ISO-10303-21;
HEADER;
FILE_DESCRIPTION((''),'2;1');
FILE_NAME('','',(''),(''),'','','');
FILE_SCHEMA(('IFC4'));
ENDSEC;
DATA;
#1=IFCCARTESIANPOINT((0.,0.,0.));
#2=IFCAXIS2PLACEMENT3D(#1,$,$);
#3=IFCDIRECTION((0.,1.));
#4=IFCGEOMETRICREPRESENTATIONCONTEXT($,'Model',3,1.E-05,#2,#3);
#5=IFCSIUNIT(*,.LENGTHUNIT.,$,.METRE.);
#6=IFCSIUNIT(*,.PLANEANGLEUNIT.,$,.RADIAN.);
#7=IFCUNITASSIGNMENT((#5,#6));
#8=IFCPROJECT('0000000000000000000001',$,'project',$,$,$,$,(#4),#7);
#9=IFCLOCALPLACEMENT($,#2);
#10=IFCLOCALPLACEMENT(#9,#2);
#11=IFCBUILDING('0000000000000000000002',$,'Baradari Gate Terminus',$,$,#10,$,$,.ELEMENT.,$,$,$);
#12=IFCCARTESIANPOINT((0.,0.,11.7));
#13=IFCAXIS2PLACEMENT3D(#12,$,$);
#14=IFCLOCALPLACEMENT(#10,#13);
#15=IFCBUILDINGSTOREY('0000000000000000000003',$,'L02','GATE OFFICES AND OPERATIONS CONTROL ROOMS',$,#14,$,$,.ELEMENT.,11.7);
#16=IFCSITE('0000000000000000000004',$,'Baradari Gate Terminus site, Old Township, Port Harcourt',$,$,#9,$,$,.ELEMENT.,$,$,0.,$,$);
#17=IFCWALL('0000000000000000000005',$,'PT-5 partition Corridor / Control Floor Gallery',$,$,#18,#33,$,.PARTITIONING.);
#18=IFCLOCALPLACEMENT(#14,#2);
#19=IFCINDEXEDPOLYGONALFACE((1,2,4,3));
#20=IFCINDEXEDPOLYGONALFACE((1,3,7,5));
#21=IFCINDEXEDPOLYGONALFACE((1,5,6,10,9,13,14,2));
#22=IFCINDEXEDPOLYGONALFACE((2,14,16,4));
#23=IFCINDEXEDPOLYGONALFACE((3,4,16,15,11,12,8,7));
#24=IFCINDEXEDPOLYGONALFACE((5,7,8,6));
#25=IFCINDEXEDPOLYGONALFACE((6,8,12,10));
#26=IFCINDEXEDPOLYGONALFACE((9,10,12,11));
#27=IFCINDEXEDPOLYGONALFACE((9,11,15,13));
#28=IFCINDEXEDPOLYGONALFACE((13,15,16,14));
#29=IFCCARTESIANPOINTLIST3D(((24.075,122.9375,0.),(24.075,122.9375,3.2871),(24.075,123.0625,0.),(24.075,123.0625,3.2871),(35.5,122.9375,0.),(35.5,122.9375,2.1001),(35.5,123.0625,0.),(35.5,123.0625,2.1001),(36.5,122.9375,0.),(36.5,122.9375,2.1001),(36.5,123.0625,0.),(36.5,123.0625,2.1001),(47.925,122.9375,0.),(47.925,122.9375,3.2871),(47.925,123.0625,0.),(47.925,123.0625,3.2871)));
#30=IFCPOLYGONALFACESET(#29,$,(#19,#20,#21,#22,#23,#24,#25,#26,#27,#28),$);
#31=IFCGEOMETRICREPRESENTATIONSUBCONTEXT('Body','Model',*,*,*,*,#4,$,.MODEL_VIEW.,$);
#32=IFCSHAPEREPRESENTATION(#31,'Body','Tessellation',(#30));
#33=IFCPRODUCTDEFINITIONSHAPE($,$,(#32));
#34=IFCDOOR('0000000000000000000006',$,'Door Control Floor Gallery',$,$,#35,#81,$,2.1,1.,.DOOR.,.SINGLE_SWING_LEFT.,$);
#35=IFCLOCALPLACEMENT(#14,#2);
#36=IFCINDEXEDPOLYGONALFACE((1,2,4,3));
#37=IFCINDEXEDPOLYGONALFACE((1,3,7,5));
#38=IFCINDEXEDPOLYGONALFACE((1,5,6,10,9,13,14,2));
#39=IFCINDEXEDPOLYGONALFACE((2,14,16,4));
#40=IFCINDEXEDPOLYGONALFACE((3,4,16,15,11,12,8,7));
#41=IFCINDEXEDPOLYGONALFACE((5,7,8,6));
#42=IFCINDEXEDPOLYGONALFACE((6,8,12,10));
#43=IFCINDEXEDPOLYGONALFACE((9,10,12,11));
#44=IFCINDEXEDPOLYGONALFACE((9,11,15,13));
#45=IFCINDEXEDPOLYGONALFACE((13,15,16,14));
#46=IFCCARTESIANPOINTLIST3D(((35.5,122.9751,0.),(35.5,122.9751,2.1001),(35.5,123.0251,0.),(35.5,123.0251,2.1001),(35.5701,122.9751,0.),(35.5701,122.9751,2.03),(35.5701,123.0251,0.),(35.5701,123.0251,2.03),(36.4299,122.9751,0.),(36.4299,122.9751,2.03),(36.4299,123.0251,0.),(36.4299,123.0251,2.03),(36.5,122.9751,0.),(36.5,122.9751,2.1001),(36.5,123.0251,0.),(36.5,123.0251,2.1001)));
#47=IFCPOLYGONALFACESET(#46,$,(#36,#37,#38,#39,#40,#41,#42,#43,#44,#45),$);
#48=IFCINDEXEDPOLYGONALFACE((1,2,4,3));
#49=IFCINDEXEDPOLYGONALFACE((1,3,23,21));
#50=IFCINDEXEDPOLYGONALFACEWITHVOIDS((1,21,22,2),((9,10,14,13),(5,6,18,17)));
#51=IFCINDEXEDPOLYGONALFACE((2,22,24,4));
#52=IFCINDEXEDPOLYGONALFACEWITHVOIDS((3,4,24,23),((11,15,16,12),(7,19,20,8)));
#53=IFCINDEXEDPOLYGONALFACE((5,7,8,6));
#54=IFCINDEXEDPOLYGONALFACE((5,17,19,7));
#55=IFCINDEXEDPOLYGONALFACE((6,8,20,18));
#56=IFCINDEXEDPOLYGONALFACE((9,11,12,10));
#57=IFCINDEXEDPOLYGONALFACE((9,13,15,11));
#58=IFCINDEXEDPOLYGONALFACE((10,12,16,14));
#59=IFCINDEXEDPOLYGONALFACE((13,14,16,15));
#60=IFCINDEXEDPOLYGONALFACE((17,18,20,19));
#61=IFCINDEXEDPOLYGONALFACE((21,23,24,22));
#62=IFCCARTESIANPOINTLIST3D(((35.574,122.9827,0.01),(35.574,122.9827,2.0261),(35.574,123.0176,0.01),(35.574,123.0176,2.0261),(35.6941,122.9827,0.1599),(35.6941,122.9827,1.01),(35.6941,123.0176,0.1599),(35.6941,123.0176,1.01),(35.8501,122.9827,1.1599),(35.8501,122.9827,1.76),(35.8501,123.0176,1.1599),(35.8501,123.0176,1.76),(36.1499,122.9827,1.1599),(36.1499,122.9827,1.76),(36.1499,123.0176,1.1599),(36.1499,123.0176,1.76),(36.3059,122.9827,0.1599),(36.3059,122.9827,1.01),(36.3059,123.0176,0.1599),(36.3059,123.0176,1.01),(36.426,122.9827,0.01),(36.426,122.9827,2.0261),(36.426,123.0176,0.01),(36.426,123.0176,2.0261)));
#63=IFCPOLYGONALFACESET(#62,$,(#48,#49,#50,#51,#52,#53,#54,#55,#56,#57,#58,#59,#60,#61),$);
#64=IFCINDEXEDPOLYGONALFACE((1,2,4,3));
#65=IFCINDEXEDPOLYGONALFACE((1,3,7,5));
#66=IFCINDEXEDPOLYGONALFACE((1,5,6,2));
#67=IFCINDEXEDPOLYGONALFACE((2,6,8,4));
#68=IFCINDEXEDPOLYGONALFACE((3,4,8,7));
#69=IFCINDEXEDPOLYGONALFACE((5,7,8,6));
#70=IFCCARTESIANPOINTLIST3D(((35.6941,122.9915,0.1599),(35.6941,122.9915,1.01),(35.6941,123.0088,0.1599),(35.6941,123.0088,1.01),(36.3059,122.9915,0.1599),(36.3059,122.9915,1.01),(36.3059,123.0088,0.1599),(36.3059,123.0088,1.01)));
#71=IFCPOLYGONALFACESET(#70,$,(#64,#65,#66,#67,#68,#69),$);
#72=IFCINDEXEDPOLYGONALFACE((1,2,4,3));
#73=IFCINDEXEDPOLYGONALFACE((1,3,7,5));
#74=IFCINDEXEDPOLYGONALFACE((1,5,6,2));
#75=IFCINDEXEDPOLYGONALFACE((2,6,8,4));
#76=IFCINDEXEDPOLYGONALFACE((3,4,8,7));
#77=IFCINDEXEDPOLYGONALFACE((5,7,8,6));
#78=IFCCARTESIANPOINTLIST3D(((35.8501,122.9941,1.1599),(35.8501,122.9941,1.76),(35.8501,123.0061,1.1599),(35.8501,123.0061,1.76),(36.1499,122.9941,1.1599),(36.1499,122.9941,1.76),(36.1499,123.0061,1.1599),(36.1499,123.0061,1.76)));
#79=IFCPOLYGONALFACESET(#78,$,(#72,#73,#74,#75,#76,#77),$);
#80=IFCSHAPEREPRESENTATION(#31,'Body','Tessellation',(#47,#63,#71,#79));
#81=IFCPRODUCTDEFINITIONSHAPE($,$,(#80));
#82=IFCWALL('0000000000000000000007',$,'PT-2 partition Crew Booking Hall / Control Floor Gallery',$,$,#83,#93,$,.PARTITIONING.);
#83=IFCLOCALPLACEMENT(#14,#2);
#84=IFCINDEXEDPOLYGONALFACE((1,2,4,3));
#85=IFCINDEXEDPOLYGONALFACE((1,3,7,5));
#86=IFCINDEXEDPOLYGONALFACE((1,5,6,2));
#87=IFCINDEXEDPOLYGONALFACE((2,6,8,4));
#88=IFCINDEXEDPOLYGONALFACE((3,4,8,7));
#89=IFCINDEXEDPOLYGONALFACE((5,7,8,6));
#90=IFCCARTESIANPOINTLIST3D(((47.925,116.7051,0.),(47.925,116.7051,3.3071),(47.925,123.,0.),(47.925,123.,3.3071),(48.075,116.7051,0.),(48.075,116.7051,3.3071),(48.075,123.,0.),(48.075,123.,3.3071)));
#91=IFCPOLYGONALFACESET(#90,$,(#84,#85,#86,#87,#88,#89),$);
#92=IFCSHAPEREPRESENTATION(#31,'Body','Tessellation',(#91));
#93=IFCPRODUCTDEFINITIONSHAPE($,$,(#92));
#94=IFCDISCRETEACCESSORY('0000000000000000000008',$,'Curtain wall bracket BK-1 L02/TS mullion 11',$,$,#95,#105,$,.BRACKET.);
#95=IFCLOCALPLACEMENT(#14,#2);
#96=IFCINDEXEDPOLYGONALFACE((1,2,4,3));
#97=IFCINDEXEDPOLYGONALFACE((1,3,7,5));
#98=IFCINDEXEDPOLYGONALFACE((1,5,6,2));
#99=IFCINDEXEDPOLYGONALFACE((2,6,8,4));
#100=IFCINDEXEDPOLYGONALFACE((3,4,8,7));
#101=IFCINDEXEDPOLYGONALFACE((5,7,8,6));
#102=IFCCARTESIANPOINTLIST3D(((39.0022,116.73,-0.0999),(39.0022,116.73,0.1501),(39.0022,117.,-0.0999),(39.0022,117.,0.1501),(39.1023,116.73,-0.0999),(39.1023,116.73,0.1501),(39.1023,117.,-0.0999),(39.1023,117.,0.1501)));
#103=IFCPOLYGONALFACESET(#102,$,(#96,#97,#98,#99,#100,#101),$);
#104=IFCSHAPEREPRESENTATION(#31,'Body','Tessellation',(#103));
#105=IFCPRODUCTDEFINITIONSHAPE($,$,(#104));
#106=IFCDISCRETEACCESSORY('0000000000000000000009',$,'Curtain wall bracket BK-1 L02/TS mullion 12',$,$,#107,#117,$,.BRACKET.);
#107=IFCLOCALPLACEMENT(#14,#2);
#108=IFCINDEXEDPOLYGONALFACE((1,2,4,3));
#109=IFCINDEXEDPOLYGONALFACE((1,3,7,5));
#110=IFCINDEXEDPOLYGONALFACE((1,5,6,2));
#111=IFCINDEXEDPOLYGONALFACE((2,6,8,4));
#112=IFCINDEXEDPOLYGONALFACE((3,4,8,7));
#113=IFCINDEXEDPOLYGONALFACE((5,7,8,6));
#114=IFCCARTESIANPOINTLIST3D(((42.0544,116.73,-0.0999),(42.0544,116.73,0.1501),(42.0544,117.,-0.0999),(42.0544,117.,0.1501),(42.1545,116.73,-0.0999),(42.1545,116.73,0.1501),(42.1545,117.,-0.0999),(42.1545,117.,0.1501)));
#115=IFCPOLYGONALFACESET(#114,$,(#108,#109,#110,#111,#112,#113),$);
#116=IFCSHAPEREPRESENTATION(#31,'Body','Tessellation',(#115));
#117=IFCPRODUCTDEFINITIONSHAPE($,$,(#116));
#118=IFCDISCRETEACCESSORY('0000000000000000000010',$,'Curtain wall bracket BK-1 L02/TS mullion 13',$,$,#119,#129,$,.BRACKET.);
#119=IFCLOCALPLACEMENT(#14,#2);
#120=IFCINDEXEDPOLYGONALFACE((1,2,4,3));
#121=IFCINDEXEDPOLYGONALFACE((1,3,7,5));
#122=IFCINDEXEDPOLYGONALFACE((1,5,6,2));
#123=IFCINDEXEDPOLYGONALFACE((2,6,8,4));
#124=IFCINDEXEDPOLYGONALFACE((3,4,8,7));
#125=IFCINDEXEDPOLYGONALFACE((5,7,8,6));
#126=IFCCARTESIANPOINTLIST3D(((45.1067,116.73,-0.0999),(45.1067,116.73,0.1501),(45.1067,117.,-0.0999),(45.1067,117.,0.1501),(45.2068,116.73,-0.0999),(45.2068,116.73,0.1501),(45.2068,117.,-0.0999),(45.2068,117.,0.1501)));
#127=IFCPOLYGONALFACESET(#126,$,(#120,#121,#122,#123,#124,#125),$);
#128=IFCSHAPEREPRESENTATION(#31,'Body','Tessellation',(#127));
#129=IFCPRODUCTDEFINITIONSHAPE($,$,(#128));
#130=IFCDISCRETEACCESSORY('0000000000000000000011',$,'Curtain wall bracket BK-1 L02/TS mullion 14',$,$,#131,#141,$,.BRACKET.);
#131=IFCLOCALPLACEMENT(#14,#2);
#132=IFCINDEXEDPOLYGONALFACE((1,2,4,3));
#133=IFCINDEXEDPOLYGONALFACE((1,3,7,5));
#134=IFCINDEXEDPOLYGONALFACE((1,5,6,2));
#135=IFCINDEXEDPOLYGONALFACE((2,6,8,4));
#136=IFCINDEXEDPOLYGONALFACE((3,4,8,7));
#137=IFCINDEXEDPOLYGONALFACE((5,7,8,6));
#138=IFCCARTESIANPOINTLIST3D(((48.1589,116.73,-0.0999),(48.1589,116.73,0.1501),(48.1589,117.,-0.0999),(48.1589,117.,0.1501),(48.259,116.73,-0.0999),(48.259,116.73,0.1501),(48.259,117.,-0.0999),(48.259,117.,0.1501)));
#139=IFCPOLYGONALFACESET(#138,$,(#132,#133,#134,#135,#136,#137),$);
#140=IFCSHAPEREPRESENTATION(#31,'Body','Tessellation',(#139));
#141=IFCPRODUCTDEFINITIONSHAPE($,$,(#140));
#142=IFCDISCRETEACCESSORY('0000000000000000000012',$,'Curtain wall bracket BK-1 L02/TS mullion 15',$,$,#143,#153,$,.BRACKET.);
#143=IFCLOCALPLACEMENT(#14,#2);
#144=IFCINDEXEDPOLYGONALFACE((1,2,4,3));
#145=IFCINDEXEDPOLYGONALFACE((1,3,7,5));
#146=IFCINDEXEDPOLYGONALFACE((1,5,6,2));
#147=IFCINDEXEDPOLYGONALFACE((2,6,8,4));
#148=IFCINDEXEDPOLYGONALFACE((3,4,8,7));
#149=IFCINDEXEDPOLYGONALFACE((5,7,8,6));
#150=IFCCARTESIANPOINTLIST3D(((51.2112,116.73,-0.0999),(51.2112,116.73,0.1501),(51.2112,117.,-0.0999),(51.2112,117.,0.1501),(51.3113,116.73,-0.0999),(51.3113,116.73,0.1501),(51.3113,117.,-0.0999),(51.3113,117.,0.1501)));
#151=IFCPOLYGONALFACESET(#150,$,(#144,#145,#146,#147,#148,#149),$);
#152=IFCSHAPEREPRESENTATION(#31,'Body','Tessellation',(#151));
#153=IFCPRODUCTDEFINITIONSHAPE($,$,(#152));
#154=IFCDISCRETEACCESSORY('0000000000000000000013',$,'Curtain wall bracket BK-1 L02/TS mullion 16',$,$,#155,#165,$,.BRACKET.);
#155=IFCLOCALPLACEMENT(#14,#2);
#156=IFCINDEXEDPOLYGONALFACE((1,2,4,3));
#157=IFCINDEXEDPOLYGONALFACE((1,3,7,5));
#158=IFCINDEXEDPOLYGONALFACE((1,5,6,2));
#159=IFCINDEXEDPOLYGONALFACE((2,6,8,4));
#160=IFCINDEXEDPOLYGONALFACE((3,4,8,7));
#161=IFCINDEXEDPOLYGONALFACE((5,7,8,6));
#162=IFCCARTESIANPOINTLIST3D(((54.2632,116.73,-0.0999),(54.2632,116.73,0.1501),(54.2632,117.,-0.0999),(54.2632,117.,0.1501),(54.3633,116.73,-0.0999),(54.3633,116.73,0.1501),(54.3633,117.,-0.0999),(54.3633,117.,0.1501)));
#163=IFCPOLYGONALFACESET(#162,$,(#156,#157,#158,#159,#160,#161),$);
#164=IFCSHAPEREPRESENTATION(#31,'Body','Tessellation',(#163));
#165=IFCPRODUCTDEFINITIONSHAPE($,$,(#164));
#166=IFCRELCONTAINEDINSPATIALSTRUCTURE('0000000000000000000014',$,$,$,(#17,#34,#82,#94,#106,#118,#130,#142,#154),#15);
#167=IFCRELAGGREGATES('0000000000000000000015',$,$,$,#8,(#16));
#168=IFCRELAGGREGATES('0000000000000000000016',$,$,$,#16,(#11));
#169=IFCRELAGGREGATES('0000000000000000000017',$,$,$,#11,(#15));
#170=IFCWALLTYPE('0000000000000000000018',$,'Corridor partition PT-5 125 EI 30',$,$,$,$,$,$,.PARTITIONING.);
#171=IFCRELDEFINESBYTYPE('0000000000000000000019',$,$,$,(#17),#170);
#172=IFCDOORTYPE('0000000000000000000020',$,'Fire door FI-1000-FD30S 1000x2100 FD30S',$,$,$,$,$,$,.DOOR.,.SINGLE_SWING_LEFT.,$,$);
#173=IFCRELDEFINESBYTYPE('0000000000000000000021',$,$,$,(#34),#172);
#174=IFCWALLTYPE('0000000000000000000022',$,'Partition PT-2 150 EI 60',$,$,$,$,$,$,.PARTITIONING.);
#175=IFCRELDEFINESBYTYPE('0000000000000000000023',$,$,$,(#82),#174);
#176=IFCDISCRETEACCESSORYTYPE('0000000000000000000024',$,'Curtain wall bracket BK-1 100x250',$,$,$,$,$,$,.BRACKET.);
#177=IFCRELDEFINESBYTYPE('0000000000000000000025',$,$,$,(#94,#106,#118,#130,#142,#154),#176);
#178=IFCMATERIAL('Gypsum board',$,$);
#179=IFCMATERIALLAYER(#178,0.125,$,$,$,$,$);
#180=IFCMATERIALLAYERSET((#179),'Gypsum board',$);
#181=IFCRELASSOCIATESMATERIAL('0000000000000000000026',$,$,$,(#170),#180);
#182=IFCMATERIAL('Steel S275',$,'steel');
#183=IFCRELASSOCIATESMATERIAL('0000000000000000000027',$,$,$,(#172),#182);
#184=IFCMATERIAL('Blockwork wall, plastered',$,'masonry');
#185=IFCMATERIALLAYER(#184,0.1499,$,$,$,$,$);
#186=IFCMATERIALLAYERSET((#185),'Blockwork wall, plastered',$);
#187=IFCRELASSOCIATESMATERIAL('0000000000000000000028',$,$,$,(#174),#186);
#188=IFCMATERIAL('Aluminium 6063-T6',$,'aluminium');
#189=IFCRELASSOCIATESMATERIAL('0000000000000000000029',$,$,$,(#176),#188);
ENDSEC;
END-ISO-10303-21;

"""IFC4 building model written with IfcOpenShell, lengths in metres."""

from ifc_helpers import new_model, si_unit, direction, frame, frame_2d, origin, origin_2d, place, context, subcontext, project, spatial, polyline, rectangle, outline, extrude, material, layer, layer_set, type_object, element, fill, save


model = new_model("IFC4")

# Units and contexts
model_context = context("Model", 3, precision=1e-05, world=origin(), true_north=direction((0.0, 1.0)))
body_context = subcontext(model_context, "Body", "Model", "MODEL_VIEW")
ifc_project = project(units=[si_unit("LENGTHUNIT", "METRE"), si_unit("PLANEANGLEUNIT", "RADIAN")], contexts=[model_context])

# Site, building, storey
site_placement = place(None, origin())
site = spatial("IfcSite", under=ifc_project, at=site_placement, Name="Baradari Gate Terminus site, Old Township, Port Harcourt", CompositionType="ELEMENT", RefElevation=0.0)
building_placement = place(site_placement, origin())
building = spatial("IfcBuilding", under=site, at=building_placement, Name="Baradari Gate Terminus", CompositionType="ELEMENT")
storey_placement = place(building_placement, frame((0.0, 0.0, 11.7)))
storey = spatial("IfcBuildingStorey", under=building, at=storey_placement, Name="L02", Description="GATE OFFICES AND OPERATIONS CONTROL ROOMS", CompositionType="ELEMENT", Elevation=11.7)

# Wall, opening, door
ifc_material_1 = material(Name="Gypsum board")
ifc_layer_1 = layer(ifc_material_1, 0.125)
ifc_layer_set_1 = layer_set([ifc_layer_1], Name="Gypsum board")
wall_type_1 = type_object("IfcWallType", Name="Corridor partition PT-5 125 EI 30", PredefinedType="PARTITIONING", material=ifc_layer_set_1)
wall_1_placement = place(storey_placement, frame((47.925, 123.0, 0.0), z_axis=(0.0, 0.0, 1.0), x_axis=(-1.0, 0.0, 0.0)))
wall_1 = element("IfcWall", 1, at=wall_1_placement, inside=storey, type_object=wall_type_1, Name="PT-5 partition Corridor / Control Floor Gallery", PredefinedType="PARTITIONING", context=body_context, shape_type="SweptSolid", body=[
    extrude(rectangle(XDim=23.8501, YDim=0.125, at=frame_2d((11.925, 0.0))), origin(), (0.0, 0.0, 1.0), 3.2871),
])
opening_placement = place(wall_1_placement, frame((11.425, 0.0, 0.0)))
opening = element("IfcOpeningElement", 2, at=opening_placement, cuts=wall_1, PredefinedType="OPENING", context=body_context, shape_type="SweptSolid", body=[
    extrude(rectangle(XDim=1.0, YDim=2.1001, at=frame_2d((0.5, 1.05))), frame((0.0, 0.0725, 0.0), z_axis=(0.0, -1.0, 0.0), x_axis=(1.0, 0.0, 0.0)), (0.0, 0.0, 1.0), 0.145),
])
ifc_material_2 = material(Name="Steel S275", Category="steel")
door_type = type_object("IfcDoorType", Name="Fire door FI-1000-FD30S 1000x2100 FD30S", OperationType="SINGLE_SWING_LEFT", PredefinedType="DOOR", material=ifc_material_2)
door_placement = place(opening_placement, origin())
door = element("IfcDoor", 3, at=door_placement, inside=storey, type_object=door_type, Name="Door Control Floor Gallery", OperationType="SINGLE_SWING_LEFT", OverallHeight=2.1, OverallWidth=1.0, PredefinedType="DOOR", context=body_context, shape_type="SweptSolid", body=[
    extrude(outline(polyline([(0.0, 0.0), (0.0701, 0.0), (0.0701, 2.03), (0.9299, 2.03), (0.9299, 0.0), (1.0, 0.0), (1.0, 2.1001), (0.0, 2.1001), (0.0, 0.0)])), frame((0.0, 0.0249, 0.0), z_axis=(0.0, -1.0, 0.0), x_axis=(1.0, 0.0, 0.0)), (0.0, 0.0, 1.0), 0.05),
    extrude(outline(polyline([(0.074, 0.01), (0.926, 0.01), (0.926, 2.0261), (0.074, 2.0261), (0.074, 0.01)]), holes=[polyline([(0.1941, 0.1599), (0.8059, 0.1599), (0.8059, 1.01), (0.1941, 1.01), (0.1941, 0.1599)]), polyline([(0.3501, 1.1599), (0.6499, 1.1599), (0.6499, 1.76), (0.3501, 1.76), (0.3501, 1.1599)])]), frame((0.0, 0.0173, 0.0), z_axis=(0.0, -1.0, 0.0), x_axis=(1.0, 0.0, 0.0)), (0.0, 0.0, 1.0), 0.0349),
    extrude(rectangle(XDim=0.6118, YDim=0.8501, at=frame_2d((0.5, 0.585))), frame((0.0, 0.0085, 0.0), z_axis=(0.0, -1.0, 0.0), x_axis=(1.0, 0.0, 0.0)), (0.0, 0.0, 1.0), 0.0173),
    extrude(rectangle(XDim=0.2998, YDim=0.6001, at=frame_2d((0.5, 1.46))), frame((0.0, 0.0059, 0.0), z_axis=(0.0, -1.0, 0.0), x_axis=(1.0, 0.0, 0.0)), (0.0, 0.0, 1.0), 0.012),
])
fill(opening, door)

# Wall
ifc_material_3 = material(Name="Blockwork wall, plastered", Category="masonry")
ifc_layer_2 = layer(ifc_material_3, 0.1499)
ifc_layer_set_2 = layer_set([ifc_layer_2], Name="Blockwork wall, plastered")
wall_type_2 = type_object("IfcWallType", Name="Partition PT-2 150 EI 60", PredefinedType="PARTITIONING", material=ifc_layer_set_2)
wall_2_placement = place(storey_placement, frame((48.0, 116.7051, 0.0), z_axis=(0.0, 0.0, 1.0), x_axis=(0.0, 1.0, 0.0)))
element("IfcWall", 4, at=wall_2_placement, inside=storey, type_object=wall_type_2, Name="PT-2 partition Crew Booking Hall / Control Floor Gallery", PredefinedType="PARTITIONING", context=body_context, shape_type="SweptSolid", body=[
    extrude(rectangle(XDim=6.2949, YDim=0.1499, at=frame_2d((3.1475, 0.0))), origin(), (0.0, 0.0, 1.0), 3.3071),
])

# Discrete accessories
ifc_material_4 = material(Name="Aluminium 6063-T6", Category="aluminium")
discrete_accessory_type = type_object("IfcDiscreteAccessoryType", Name="Curtain wall bracket BK-1 100x250", PredefinedType="BRACKET", material=ifc_material_4)
for number, where, z_axis, x_axis, name in (
    (5, (39.0522, 116.865, -0.0999), (0.0, 0.0, 1.0), (0.0, -1.0, 0.0), "Curtain wall bracket BK-1 L02/TS mullion 11"),
    (6, (42.1045, 116.865, -0.0999), (0.0, 0.0, 1.0), (0.0, -1.0, 0.0), "Curtain wall bracket BK-1 L02/TS mullion 12"),
    (7, (45.1567, 116.865, -0.0999), (0.0, 0.0, 1.0), (0.0, -1.0, 0.0), "Curtain wall bracket BK-1 L02/TS mullion 13"),
    (8, (48.209, 116.865, -0.0999), (0.0, 0.0, 1.0), (0.0, -1.0, 0.0), "Curtain wall bracket BK-1 L02/TS mullion 14"),
    (9, (51.2612, 116.865, -0.0999), (0.0, 0.0, 1.0), (0.0, -1.0, 0.0), "Curtain wall bracket BK-1 L02/TS mullion 15"),
    (10, (54.3132, 116.865, -0.0999), (0.0, 0.0, 1.0), (0.0, -1.0, 0.0), "Curtain wall bracket BK-1 L02/TS mullion 16"),
):
    element("IfcDiscreteAccessory", number, at=place(storey_placement, frame(where, z_axis=z_axis, x_axis=x_axis)), inside=storey, type_object=discrete_accessory_type, Name=name, PredefinedType="BRACKET", context=body_context, shape_type="SweptSolid", body=[
        extrude(rectangle(XDim=0.27, YDim=0.1001, at=origin_2d()), origin(), (0.0, 0.0, 1.0), 0.25),
    ])

save(model, "model.ifc")
